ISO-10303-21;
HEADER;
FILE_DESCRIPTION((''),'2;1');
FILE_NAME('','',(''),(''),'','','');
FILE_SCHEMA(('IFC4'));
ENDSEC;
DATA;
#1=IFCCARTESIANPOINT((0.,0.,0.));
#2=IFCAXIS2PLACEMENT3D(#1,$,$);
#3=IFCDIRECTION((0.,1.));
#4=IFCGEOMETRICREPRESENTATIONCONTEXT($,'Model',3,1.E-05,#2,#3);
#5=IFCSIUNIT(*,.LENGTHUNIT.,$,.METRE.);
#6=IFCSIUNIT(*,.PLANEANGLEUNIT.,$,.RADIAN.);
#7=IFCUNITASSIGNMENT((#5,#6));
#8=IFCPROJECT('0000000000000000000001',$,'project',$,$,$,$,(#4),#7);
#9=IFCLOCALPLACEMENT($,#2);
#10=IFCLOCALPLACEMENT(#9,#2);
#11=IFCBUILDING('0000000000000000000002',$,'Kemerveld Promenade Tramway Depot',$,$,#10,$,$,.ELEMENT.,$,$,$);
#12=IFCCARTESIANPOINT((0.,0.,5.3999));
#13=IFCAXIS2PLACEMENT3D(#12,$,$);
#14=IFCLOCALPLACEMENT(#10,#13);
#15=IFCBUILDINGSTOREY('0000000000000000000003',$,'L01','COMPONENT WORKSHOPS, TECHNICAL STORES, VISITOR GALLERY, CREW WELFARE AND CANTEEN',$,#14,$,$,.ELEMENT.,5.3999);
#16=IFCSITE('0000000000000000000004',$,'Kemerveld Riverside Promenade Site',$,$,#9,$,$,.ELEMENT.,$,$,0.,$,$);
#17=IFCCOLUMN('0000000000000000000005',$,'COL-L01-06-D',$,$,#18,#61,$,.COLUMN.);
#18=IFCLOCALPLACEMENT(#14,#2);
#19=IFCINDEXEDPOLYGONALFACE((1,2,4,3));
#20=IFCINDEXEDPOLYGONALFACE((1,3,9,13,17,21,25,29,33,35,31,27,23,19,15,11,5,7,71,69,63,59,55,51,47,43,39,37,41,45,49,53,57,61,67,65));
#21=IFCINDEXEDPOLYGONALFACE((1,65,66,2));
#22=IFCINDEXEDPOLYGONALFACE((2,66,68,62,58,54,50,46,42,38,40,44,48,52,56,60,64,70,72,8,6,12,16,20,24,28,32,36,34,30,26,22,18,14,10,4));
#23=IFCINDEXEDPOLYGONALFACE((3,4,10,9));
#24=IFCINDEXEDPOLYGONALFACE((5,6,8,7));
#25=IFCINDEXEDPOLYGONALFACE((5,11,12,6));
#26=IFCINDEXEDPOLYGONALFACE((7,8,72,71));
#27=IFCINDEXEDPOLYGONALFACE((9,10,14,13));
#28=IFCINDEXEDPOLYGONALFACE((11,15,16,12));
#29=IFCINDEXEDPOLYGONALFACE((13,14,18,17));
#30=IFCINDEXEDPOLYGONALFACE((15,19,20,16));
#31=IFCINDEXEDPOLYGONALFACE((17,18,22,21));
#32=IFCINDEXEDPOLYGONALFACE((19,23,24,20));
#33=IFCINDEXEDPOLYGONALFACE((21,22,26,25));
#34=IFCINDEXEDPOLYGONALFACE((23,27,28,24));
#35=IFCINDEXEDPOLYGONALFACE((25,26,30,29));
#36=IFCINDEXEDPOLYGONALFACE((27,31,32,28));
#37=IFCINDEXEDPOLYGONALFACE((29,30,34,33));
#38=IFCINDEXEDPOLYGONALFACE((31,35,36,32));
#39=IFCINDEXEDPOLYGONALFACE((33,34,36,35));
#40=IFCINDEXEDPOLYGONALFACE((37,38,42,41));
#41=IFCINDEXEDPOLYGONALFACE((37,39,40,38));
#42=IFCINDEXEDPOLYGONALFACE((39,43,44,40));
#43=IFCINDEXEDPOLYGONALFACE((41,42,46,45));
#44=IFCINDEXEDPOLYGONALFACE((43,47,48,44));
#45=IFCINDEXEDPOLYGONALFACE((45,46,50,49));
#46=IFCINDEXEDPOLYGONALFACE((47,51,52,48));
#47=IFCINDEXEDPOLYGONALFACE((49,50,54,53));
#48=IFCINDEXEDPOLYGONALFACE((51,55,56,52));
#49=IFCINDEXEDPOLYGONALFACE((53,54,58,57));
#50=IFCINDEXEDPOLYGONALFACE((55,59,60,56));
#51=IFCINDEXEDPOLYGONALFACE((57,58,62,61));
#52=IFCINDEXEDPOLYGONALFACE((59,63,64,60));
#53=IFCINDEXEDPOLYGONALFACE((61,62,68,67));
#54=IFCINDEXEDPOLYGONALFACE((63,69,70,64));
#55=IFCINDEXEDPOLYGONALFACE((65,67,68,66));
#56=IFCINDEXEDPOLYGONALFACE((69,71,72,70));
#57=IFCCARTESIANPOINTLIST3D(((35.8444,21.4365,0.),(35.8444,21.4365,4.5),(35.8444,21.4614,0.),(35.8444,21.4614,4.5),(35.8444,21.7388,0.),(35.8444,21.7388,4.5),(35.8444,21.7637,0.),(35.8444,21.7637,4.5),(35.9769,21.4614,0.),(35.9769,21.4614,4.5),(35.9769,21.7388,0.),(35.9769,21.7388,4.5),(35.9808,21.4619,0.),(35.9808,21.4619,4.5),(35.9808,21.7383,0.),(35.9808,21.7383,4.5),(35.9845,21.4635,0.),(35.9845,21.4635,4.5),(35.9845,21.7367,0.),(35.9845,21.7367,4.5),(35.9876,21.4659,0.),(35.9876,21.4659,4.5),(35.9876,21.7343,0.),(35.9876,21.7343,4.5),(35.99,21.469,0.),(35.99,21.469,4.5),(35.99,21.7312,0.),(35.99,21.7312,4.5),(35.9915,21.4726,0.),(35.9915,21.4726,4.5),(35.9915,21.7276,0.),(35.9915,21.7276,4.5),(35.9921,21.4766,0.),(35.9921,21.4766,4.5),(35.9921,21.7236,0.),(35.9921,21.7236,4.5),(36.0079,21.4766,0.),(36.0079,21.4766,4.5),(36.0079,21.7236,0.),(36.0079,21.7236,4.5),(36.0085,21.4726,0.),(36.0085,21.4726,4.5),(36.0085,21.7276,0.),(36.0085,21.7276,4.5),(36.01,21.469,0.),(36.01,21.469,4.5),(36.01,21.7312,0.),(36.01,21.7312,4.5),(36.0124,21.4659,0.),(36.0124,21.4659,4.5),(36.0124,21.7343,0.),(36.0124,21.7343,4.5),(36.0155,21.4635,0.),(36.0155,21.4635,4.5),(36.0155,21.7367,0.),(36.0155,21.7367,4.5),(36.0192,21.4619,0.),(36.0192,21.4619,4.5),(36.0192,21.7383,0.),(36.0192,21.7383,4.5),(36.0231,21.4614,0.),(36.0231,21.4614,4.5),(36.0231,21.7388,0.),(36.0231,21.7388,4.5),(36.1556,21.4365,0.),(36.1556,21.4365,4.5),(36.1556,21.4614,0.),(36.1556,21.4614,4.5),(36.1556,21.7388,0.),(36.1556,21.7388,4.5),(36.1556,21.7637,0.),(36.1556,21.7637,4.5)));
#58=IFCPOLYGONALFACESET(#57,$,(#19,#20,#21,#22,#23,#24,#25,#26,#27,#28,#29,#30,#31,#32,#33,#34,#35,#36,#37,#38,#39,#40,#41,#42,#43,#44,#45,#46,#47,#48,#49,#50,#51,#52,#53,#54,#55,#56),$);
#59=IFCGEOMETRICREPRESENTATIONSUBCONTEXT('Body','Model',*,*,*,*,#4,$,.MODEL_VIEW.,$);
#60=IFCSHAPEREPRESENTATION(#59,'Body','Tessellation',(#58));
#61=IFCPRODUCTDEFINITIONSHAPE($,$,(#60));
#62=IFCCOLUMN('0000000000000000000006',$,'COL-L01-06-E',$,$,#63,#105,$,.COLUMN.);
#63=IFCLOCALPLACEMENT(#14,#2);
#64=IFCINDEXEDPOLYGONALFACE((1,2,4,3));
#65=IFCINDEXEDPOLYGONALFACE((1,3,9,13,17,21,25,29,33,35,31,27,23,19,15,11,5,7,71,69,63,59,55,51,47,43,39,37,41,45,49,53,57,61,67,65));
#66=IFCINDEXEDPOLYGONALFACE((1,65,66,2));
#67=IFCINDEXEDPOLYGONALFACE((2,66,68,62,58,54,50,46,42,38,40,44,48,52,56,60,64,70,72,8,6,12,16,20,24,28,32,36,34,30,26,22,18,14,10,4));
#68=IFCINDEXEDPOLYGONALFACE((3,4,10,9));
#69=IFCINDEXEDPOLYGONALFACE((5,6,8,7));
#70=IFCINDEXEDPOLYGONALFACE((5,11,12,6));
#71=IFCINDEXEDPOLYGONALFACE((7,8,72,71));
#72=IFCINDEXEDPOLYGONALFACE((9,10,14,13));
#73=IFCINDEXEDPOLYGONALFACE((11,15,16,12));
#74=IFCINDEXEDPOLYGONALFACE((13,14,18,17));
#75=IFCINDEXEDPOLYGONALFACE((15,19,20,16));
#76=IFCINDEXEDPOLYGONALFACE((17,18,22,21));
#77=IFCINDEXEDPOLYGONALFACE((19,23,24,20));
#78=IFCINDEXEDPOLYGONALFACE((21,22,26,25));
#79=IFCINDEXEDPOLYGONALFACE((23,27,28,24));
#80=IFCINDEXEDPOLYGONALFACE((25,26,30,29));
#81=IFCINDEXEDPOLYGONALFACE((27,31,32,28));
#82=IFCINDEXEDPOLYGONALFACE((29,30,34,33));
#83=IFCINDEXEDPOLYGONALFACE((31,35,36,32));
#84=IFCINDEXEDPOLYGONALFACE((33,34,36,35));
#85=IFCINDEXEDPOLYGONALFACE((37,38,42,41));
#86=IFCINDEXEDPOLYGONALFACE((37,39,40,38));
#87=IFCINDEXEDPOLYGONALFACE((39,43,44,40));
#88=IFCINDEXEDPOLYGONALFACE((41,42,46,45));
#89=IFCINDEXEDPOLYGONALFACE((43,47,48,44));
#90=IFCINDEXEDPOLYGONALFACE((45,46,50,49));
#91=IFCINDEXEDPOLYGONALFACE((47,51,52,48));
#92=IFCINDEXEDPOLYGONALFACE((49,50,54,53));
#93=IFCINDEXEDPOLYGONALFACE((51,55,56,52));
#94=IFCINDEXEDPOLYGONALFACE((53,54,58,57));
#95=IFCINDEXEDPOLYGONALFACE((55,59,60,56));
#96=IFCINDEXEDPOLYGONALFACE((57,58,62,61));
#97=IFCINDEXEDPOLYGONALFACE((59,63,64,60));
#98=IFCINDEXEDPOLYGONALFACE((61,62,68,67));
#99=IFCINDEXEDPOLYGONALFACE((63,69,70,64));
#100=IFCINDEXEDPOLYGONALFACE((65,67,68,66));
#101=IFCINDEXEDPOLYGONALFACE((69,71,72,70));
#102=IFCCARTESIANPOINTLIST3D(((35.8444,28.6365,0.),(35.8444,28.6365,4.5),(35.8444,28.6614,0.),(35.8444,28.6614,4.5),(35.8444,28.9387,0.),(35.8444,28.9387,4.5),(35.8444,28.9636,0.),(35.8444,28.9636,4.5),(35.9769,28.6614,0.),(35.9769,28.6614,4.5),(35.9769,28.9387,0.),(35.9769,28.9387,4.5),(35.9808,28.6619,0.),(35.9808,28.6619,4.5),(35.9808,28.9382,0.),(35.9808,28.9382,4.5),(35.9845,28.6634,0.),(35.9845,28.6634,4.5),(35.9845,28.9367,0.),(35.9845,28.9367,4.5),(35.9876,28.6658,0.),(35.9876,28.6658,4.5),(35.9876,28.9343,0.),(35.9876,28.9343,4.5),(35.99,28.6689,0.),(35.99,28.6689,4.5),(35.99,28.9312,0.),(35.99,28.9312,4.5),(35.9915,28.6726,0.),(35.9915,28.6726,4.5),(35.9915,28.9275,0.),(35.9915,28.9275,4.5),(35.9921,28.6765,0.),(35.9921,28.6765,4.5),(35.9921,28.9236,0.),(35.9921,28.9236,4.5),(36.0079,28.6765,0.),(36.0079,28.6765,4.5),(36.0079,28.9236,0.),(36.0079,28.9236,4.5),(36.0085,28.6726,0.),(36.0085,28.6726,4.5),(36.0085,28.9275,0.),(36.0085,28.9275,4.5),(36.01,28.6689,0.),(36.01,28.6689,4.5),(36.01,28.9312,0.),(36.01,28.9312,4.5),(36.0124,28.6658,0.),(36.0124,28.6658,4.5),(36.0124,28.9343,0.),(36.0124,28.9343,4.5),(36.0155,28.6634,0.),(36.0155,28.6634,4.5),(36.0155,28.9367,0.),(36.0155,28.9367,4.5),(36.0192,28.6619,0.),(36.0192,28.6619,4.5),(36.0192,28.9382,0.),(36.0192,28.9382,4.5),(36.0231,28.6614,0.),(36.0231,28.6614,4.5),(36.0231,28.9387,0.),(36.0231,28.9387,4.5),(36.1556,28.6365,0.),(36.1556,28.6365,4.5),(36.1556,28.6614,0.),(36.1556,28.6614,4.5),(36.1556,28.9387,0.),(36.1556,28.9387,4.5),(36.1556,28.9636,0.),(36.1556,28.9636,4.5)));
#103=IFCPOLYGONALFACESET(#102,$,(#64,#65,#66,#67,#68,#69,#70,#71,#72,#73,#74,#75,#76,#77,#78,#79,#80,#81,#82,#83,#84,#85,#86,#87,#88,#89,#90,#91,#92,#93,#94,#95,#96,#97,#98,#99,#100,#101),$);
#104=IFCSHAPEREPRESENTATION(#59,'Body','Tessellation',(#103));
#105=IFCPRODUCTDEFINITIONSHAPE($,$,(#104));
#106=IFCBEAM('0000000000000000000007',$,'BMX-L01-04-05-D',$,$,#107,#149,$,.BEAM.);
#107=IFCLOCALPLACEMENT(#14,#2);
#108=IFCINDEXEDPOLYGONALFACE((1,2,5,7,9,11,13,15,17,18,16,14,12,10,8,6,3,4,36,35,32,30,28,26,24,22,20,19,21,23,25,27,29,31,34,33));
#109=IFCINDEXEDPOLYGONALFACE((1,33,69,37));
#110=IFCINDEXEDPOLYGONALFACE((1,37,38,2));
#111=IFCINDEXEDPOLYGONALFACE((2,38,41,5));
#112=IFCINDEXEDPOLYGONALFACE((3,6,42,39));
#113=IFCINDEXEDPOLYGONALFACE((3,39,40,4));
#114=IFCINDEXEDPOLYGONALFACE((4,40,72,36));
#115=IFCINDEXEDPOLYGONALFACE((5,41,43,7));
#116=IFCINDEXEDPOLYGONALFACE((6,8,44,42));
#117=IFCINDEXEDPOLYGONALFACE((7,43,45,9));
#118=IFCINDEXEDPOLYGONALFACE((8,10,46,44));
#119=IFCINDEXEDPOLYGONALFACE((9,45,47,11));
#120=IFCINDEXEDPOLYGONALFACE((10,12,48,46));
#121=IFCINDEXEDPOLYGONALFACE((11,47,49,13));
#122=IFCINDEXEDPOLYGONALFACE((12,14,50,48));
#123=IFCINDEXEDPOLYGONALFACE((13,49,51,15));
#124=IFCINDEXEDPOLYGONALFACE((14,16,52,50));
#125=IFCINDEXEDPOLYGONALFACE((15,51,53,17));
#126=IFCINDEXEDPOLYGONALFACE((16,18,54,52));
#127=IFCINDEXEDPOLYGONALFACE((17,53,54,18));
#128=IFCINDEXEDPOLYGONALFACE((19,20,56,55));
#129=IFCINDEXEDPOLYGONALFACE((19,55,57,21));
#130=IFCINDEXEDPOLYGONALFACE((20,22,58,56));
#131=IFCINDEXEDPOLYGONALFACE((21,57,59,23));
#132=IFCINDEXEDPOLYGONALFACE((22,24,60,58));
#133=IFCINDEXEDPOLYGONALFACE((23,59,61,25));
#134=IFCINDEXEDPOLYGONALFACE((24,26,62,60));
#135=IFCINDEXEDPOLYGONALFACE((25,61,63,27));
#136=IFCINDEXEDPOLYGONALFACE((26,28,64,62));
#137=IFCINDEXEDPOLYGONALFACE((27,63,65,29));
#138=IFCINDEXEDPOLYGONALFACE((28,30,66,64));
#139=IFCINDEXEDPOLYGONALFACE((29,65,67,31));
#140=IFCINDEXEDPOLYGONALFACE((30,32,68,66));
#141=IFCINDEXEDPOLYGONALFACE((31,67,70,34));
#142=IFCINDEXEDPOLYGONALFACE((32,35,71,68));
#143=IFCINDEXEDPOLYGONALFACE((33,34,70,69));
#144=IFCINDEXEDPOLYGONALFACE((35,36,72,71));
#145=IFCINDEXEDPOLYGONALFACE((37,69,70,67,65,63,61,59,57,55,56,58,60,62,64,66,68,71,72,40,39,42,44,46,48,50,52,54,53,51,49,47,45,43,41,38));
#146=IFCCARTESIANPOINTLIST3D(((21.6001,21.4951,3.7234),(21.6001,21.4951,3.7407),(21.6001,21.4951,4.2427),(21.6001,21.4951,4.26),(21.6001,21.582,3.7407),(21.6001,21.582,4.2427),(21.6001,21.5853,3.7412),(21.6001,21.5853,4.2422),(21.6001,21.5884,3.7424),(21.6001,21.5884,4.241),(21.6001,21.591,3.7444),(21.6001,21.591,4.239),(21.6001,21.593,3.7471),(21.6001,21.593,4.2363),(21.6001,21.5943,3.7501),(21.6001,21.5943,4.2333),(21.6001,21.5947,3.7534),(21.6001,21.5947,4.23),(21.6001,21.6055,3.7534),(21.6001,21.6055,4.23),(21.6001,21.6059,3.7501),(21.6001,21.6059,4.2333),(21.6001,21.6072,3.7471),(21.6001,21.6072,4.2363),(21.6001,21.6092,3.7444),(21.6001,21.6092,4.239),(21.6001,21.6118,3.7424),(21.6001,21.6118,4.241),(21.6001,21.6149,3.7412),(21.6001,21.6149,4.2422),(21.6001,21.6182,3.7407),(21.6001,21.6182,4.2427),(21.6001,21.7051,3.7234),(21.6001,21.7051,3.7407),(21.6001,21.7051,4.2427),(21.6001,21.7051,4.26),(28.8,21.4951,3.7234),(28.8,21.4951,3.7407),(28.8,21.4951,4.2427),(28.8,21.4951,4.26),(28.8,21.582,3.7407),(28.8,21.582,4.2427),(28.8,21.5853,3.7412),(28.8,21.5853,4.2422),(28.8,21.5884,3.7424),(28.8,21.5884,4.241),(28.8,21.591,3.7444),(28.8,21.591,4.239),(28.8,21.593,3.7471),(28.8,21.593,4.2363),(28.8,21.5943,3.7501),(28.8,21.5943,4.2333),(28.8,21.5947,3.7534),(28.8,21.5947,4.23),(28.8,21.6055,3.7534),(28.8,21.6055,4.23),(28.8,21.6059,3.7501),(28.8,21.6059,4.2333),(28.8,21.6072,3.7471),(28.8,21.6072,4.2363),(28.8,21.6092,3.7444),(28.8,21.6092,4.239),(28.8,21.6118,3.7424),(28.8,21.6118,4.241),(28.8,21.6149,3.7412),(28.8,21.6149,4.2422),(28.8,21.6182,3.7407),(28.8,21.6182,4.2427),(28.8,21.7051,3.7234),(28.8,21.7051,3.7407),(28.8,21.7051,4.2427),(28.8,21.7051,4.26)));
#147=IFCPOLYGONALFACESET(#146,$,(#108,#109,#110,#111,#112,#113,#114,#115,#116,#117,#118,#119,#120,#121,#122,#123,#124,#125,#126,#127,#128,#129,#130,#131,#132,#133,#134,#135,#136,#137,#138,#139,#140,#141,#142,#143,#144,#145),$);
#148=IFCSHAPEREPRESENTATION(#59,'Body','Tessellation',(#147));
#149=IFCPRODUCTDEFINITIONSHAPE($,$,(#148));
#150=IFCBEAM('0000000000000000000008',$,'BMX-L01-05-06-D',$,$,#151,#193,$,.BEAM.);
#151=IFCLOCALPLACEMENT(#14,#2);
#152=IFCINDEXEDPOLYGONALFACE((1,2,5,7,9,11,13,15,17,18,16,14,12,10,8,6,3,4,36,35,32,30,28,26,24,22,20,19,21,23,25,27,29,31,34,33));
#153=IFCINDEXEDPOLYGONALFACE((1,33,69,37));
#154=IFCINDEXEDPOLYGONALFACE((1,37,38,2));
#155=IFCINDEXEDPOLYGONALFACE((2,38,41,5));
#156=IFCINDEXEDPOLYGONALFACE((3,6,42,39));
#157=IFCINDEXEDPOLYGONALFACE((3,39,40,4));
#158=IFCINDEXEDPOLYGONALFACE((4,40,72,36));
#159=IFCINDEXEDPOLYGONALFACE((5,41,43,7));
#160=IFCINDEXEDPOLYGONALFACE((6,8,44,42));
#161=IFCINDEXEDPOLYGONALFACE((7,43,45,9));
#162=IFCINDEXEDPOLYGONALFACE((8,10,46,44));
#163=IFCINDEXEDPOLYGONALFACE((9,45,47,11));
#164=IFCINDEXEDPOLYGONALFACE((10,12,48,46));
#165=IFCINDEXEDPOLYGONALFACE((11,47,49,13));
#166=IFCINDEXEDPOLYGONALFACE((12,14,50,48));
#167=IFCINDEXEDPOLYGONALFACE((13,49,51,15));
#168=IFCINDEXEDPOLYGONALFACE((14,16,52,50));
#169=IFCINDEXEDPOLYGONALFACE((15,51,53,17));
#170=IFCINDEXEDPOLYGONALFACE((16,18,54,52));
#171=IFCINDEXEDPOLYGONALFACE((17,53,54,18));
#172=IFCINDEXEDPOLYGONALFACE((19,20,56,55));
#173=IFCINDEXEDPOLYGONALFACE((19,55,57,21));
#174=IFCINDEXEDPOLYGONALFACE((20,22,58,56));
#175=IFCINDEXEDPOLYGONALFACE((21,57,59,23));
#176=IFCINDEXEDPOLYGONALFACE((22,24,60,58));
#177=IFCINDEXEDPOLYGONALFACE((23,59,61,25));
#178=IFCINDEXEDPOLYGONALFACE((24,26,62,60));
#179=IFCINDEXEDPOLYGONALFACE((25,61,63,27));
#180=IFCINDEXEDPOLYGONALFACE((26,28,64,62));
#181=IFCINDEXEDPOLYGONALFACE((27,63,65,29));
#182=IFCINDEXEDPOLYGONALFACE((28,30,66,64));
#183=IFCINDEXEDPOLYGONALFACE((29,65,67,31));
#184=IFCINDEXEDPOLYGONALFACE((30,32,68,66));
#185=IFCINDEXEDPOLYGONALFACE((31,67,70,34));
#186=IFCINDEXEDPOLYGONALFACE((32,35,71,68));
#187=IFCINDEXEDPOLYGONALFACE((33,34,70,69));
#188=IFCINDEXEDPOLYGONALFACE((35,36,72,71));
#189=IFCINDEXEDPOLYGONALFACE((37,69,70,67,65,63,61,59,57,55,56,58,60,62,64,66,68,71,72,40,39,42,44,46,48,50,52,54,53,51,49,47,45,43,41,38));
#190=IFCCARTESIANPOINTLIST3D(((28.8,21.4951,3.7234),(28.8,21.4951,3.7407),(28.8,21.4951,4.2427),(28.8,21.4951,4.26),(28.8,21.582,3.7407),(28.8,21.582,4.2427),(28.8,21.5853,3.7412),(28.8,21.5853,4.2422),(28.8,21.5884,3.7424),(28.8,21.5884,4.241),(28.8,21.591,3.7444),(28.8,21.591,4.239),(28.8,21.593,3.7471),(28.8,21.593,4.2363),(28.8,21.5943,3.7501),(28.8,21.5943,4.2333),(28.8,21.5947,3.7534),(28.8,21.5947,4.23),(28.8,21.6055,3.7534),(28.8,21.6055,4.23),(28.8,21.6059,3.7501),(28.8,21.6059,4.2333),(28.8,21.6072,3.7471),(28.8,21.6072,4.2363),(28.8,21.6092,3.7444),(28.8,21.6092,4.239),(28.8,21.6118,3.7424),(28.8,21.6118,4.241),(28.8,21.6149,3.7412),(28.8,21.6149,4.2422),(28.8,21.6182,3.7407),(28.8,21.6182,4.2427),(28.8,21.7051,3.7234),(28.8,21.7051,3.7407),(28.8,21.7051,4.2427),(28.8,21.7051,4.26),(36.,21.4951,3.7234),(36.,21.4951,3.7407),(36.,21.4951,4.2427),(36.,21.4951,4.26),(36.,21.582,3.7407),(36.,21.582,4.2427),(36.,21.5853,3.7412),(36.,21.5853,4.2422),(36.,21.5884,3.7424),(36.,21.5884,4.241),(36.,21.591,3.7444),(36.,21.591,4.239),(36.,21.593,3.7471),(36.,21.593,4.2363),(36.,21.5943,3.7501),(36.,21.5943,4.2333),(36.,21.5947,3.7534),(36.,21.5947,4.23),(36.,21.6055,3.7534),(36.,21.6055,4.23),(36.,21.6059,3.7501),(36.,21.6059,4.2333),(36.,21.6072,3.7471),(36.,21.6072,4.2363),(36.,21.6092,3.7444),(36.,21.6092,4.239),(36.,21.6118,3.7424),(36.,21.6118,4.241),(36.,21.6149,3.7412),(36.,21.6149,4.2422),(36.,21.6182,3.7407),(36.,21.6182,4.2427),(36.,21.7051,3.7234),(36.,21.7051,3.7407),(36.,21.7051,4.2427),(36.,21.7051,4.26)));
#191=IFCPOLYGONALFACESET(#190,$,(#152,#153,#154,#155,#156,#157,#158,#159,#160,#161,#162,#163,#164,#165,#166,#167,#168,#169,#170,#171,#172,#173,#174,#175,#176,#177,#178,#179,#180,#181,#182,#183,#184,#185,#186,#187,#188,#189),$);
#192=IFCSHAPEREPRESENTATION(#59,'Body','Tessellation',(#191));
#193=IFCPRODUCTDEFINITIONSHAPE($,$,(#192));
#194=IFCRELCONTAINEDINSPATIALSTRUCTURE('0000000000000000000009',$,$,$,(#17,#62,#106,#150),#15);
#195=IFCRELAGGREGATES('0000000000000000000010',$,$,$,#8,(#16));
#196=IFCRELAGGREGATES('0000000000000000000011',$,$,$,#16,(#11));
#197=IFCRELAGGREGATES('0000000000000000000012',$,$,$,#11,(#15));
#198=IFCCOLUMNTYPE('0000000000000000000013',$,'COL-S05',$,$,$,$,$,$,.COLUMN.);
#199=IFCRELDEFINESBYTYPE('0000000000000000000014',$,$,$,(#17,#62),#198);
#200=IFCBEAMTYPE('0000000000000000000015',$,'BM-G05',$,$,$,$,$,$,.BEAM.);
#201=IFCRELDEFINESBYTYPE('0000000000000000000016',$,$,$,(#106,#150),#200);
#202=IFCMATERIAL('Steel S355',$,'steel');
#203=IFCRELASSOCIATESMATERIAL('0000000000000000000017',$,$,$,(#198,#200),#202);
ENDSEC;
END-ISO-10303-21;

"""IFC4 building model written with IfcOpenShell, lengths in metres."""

from ifc_helpers import new_model, si_unit, direction, frame, origin, origin_2d, place, context, subcontext, project, spatial, i_section, extrude, material, material_profile, profile_set, type_object, element, save


model = new_model("IFC4")

# Units and contexts
model_context = context("Model", 3, precision=1e-05, world=origin(), true_north=direction((0.0, 1.0)))
body_context = subcontext(model_context, "Body", "Model", "MODEL_VIEW")
ifc_project = project(units=[si_unit("LENGTHUNIT", "METRE"), si_unit("PLANEANGLEUNIT", "RADIAN")], contexts=[model_context])

# Site, building, storey
site_placement = place(None, origin())
site = spatial("IfcSite", under=ifc_project, at=site_placement, Name="Kemerveld Riverside Promenade Site", CompositionType="ELEMENT", RefElevation=0.0)
building_placement = place(site_placement, origin())
building = spatial("IfcBuilding", under=site, at=building_placement, Name="Kemerveld Promenade Tramway Depot", CompositionType="ELEMENT")
storey_placement = place(building_placement, frame((0.0, 0.0, 5.3999)))
storey = spatial("IfcBuildingStorey", under=building, at=storey_placement, Name="L01", Description="COMPONENT WORKSHOPS, TECHNICAL STORES, VISITOR GALLERY, CREW WELFARE AND CANTEEN", CompositionType="ELEMENT", Elevation=5.3999)

# Columns
ifc_material_1 = material(Name="Steel S355", Category="steel")
ifc_material_profile_1 = material_profile(ifc_material_1, i_section(OverallWidth=0.3113, OverallDepth=0.3271, WebThickness=0.0159, FlangeThickness=0.0249, FilletRadius=0.0151, at=origin_2d()), Name="305x305x158 UC")
ifc_profile_set_1 = profile_set([ifc_material_profile_1], Name="Steel S355")
column_type = type_object("IfcColumnType", Name="COL-S05", PredefinedType="COLUMN", material=ifc_profile_set_1)
for number, where, z_axis, x_axis, name in (
    (1, (36.0, 21.6001, 0.0), (0.0, 0.0, 1.0), (1.0, 0.0, 0.0), "COL-L01-06-D"),
    (2, (36.0, 28.8, 0.0), (0.0, 0.0, 1.0), (1.0, 0.0, 0.0), "COL-L01-06-E"),
):
    element("IfcColumn", number, at=place(storey_placement, frame(where, z_axis=z_axis, x_axis=x_axis)), inside=storey, type_object=column_type, Name=name, PredefinedType="COLUMN", context=body_context, shape_type="SweptSolid", body=[
        extrude(i_section(OverallWidth=0.3113, OverallDepth=0.3271, WebThickness=0.0159, FlangeThickness=0.0249, FilletRadius=0.0151, at=origin_2d()), origin(), (0.0, 0.0, 1.0), 4.5),
    ])

# Beams
ifc_material_profile_2 = material_profile(ifc_material_1, i_section(OverallWidth=0.21, OverallDepth=0.5366, WebThickness=0.0107, FlangeThickness=0.0173, FilletRadius=0.0127, at=origin_2d()), Name="533x210x101 UB")
ifc_profile_set_2 = profile_set([ifc_material_profile_2], Name="Steel S355")
beam_type_1 = type_object("IfcBeamType", Name="BM-G05", PredefinedType="BEAM", material=ifc_profile_set_2)
for number, where, z_axis, x_axis, name in (
    (3, (21.6001, 21.6001, 3.9917), (1.0, 0.0, 0.0), (0.0, 1.0, 0.0), "BMX-L01-04-05-D"),
    (4, (28.8, 21.6001, 3.9917), (1.0, 0.0, 0.0), (0.0, 1.0, 0.0), "BMX-L01-05-06-D"),
):
    element("IfcBeam", number, at=place(storey_placement, frame(where, z_axis=z_axis, x_axis=x_axis)), inside=storey, type_object=beam_type_1, Name=name, PredefinedType="BEAM", context=body_context, shape_type="SweptSolid", body=[
        extrude(i_section(OverallWidth=0.21, OverallDepth=0.5366, WebThickness=0.0107, FlangeThickness=0.0173, FilletRadius=0.0127, at=origin_2d()), origin(), (0.0, 0.0, 1.0), 7.2),
    ])

save(model, "model.ifc")
